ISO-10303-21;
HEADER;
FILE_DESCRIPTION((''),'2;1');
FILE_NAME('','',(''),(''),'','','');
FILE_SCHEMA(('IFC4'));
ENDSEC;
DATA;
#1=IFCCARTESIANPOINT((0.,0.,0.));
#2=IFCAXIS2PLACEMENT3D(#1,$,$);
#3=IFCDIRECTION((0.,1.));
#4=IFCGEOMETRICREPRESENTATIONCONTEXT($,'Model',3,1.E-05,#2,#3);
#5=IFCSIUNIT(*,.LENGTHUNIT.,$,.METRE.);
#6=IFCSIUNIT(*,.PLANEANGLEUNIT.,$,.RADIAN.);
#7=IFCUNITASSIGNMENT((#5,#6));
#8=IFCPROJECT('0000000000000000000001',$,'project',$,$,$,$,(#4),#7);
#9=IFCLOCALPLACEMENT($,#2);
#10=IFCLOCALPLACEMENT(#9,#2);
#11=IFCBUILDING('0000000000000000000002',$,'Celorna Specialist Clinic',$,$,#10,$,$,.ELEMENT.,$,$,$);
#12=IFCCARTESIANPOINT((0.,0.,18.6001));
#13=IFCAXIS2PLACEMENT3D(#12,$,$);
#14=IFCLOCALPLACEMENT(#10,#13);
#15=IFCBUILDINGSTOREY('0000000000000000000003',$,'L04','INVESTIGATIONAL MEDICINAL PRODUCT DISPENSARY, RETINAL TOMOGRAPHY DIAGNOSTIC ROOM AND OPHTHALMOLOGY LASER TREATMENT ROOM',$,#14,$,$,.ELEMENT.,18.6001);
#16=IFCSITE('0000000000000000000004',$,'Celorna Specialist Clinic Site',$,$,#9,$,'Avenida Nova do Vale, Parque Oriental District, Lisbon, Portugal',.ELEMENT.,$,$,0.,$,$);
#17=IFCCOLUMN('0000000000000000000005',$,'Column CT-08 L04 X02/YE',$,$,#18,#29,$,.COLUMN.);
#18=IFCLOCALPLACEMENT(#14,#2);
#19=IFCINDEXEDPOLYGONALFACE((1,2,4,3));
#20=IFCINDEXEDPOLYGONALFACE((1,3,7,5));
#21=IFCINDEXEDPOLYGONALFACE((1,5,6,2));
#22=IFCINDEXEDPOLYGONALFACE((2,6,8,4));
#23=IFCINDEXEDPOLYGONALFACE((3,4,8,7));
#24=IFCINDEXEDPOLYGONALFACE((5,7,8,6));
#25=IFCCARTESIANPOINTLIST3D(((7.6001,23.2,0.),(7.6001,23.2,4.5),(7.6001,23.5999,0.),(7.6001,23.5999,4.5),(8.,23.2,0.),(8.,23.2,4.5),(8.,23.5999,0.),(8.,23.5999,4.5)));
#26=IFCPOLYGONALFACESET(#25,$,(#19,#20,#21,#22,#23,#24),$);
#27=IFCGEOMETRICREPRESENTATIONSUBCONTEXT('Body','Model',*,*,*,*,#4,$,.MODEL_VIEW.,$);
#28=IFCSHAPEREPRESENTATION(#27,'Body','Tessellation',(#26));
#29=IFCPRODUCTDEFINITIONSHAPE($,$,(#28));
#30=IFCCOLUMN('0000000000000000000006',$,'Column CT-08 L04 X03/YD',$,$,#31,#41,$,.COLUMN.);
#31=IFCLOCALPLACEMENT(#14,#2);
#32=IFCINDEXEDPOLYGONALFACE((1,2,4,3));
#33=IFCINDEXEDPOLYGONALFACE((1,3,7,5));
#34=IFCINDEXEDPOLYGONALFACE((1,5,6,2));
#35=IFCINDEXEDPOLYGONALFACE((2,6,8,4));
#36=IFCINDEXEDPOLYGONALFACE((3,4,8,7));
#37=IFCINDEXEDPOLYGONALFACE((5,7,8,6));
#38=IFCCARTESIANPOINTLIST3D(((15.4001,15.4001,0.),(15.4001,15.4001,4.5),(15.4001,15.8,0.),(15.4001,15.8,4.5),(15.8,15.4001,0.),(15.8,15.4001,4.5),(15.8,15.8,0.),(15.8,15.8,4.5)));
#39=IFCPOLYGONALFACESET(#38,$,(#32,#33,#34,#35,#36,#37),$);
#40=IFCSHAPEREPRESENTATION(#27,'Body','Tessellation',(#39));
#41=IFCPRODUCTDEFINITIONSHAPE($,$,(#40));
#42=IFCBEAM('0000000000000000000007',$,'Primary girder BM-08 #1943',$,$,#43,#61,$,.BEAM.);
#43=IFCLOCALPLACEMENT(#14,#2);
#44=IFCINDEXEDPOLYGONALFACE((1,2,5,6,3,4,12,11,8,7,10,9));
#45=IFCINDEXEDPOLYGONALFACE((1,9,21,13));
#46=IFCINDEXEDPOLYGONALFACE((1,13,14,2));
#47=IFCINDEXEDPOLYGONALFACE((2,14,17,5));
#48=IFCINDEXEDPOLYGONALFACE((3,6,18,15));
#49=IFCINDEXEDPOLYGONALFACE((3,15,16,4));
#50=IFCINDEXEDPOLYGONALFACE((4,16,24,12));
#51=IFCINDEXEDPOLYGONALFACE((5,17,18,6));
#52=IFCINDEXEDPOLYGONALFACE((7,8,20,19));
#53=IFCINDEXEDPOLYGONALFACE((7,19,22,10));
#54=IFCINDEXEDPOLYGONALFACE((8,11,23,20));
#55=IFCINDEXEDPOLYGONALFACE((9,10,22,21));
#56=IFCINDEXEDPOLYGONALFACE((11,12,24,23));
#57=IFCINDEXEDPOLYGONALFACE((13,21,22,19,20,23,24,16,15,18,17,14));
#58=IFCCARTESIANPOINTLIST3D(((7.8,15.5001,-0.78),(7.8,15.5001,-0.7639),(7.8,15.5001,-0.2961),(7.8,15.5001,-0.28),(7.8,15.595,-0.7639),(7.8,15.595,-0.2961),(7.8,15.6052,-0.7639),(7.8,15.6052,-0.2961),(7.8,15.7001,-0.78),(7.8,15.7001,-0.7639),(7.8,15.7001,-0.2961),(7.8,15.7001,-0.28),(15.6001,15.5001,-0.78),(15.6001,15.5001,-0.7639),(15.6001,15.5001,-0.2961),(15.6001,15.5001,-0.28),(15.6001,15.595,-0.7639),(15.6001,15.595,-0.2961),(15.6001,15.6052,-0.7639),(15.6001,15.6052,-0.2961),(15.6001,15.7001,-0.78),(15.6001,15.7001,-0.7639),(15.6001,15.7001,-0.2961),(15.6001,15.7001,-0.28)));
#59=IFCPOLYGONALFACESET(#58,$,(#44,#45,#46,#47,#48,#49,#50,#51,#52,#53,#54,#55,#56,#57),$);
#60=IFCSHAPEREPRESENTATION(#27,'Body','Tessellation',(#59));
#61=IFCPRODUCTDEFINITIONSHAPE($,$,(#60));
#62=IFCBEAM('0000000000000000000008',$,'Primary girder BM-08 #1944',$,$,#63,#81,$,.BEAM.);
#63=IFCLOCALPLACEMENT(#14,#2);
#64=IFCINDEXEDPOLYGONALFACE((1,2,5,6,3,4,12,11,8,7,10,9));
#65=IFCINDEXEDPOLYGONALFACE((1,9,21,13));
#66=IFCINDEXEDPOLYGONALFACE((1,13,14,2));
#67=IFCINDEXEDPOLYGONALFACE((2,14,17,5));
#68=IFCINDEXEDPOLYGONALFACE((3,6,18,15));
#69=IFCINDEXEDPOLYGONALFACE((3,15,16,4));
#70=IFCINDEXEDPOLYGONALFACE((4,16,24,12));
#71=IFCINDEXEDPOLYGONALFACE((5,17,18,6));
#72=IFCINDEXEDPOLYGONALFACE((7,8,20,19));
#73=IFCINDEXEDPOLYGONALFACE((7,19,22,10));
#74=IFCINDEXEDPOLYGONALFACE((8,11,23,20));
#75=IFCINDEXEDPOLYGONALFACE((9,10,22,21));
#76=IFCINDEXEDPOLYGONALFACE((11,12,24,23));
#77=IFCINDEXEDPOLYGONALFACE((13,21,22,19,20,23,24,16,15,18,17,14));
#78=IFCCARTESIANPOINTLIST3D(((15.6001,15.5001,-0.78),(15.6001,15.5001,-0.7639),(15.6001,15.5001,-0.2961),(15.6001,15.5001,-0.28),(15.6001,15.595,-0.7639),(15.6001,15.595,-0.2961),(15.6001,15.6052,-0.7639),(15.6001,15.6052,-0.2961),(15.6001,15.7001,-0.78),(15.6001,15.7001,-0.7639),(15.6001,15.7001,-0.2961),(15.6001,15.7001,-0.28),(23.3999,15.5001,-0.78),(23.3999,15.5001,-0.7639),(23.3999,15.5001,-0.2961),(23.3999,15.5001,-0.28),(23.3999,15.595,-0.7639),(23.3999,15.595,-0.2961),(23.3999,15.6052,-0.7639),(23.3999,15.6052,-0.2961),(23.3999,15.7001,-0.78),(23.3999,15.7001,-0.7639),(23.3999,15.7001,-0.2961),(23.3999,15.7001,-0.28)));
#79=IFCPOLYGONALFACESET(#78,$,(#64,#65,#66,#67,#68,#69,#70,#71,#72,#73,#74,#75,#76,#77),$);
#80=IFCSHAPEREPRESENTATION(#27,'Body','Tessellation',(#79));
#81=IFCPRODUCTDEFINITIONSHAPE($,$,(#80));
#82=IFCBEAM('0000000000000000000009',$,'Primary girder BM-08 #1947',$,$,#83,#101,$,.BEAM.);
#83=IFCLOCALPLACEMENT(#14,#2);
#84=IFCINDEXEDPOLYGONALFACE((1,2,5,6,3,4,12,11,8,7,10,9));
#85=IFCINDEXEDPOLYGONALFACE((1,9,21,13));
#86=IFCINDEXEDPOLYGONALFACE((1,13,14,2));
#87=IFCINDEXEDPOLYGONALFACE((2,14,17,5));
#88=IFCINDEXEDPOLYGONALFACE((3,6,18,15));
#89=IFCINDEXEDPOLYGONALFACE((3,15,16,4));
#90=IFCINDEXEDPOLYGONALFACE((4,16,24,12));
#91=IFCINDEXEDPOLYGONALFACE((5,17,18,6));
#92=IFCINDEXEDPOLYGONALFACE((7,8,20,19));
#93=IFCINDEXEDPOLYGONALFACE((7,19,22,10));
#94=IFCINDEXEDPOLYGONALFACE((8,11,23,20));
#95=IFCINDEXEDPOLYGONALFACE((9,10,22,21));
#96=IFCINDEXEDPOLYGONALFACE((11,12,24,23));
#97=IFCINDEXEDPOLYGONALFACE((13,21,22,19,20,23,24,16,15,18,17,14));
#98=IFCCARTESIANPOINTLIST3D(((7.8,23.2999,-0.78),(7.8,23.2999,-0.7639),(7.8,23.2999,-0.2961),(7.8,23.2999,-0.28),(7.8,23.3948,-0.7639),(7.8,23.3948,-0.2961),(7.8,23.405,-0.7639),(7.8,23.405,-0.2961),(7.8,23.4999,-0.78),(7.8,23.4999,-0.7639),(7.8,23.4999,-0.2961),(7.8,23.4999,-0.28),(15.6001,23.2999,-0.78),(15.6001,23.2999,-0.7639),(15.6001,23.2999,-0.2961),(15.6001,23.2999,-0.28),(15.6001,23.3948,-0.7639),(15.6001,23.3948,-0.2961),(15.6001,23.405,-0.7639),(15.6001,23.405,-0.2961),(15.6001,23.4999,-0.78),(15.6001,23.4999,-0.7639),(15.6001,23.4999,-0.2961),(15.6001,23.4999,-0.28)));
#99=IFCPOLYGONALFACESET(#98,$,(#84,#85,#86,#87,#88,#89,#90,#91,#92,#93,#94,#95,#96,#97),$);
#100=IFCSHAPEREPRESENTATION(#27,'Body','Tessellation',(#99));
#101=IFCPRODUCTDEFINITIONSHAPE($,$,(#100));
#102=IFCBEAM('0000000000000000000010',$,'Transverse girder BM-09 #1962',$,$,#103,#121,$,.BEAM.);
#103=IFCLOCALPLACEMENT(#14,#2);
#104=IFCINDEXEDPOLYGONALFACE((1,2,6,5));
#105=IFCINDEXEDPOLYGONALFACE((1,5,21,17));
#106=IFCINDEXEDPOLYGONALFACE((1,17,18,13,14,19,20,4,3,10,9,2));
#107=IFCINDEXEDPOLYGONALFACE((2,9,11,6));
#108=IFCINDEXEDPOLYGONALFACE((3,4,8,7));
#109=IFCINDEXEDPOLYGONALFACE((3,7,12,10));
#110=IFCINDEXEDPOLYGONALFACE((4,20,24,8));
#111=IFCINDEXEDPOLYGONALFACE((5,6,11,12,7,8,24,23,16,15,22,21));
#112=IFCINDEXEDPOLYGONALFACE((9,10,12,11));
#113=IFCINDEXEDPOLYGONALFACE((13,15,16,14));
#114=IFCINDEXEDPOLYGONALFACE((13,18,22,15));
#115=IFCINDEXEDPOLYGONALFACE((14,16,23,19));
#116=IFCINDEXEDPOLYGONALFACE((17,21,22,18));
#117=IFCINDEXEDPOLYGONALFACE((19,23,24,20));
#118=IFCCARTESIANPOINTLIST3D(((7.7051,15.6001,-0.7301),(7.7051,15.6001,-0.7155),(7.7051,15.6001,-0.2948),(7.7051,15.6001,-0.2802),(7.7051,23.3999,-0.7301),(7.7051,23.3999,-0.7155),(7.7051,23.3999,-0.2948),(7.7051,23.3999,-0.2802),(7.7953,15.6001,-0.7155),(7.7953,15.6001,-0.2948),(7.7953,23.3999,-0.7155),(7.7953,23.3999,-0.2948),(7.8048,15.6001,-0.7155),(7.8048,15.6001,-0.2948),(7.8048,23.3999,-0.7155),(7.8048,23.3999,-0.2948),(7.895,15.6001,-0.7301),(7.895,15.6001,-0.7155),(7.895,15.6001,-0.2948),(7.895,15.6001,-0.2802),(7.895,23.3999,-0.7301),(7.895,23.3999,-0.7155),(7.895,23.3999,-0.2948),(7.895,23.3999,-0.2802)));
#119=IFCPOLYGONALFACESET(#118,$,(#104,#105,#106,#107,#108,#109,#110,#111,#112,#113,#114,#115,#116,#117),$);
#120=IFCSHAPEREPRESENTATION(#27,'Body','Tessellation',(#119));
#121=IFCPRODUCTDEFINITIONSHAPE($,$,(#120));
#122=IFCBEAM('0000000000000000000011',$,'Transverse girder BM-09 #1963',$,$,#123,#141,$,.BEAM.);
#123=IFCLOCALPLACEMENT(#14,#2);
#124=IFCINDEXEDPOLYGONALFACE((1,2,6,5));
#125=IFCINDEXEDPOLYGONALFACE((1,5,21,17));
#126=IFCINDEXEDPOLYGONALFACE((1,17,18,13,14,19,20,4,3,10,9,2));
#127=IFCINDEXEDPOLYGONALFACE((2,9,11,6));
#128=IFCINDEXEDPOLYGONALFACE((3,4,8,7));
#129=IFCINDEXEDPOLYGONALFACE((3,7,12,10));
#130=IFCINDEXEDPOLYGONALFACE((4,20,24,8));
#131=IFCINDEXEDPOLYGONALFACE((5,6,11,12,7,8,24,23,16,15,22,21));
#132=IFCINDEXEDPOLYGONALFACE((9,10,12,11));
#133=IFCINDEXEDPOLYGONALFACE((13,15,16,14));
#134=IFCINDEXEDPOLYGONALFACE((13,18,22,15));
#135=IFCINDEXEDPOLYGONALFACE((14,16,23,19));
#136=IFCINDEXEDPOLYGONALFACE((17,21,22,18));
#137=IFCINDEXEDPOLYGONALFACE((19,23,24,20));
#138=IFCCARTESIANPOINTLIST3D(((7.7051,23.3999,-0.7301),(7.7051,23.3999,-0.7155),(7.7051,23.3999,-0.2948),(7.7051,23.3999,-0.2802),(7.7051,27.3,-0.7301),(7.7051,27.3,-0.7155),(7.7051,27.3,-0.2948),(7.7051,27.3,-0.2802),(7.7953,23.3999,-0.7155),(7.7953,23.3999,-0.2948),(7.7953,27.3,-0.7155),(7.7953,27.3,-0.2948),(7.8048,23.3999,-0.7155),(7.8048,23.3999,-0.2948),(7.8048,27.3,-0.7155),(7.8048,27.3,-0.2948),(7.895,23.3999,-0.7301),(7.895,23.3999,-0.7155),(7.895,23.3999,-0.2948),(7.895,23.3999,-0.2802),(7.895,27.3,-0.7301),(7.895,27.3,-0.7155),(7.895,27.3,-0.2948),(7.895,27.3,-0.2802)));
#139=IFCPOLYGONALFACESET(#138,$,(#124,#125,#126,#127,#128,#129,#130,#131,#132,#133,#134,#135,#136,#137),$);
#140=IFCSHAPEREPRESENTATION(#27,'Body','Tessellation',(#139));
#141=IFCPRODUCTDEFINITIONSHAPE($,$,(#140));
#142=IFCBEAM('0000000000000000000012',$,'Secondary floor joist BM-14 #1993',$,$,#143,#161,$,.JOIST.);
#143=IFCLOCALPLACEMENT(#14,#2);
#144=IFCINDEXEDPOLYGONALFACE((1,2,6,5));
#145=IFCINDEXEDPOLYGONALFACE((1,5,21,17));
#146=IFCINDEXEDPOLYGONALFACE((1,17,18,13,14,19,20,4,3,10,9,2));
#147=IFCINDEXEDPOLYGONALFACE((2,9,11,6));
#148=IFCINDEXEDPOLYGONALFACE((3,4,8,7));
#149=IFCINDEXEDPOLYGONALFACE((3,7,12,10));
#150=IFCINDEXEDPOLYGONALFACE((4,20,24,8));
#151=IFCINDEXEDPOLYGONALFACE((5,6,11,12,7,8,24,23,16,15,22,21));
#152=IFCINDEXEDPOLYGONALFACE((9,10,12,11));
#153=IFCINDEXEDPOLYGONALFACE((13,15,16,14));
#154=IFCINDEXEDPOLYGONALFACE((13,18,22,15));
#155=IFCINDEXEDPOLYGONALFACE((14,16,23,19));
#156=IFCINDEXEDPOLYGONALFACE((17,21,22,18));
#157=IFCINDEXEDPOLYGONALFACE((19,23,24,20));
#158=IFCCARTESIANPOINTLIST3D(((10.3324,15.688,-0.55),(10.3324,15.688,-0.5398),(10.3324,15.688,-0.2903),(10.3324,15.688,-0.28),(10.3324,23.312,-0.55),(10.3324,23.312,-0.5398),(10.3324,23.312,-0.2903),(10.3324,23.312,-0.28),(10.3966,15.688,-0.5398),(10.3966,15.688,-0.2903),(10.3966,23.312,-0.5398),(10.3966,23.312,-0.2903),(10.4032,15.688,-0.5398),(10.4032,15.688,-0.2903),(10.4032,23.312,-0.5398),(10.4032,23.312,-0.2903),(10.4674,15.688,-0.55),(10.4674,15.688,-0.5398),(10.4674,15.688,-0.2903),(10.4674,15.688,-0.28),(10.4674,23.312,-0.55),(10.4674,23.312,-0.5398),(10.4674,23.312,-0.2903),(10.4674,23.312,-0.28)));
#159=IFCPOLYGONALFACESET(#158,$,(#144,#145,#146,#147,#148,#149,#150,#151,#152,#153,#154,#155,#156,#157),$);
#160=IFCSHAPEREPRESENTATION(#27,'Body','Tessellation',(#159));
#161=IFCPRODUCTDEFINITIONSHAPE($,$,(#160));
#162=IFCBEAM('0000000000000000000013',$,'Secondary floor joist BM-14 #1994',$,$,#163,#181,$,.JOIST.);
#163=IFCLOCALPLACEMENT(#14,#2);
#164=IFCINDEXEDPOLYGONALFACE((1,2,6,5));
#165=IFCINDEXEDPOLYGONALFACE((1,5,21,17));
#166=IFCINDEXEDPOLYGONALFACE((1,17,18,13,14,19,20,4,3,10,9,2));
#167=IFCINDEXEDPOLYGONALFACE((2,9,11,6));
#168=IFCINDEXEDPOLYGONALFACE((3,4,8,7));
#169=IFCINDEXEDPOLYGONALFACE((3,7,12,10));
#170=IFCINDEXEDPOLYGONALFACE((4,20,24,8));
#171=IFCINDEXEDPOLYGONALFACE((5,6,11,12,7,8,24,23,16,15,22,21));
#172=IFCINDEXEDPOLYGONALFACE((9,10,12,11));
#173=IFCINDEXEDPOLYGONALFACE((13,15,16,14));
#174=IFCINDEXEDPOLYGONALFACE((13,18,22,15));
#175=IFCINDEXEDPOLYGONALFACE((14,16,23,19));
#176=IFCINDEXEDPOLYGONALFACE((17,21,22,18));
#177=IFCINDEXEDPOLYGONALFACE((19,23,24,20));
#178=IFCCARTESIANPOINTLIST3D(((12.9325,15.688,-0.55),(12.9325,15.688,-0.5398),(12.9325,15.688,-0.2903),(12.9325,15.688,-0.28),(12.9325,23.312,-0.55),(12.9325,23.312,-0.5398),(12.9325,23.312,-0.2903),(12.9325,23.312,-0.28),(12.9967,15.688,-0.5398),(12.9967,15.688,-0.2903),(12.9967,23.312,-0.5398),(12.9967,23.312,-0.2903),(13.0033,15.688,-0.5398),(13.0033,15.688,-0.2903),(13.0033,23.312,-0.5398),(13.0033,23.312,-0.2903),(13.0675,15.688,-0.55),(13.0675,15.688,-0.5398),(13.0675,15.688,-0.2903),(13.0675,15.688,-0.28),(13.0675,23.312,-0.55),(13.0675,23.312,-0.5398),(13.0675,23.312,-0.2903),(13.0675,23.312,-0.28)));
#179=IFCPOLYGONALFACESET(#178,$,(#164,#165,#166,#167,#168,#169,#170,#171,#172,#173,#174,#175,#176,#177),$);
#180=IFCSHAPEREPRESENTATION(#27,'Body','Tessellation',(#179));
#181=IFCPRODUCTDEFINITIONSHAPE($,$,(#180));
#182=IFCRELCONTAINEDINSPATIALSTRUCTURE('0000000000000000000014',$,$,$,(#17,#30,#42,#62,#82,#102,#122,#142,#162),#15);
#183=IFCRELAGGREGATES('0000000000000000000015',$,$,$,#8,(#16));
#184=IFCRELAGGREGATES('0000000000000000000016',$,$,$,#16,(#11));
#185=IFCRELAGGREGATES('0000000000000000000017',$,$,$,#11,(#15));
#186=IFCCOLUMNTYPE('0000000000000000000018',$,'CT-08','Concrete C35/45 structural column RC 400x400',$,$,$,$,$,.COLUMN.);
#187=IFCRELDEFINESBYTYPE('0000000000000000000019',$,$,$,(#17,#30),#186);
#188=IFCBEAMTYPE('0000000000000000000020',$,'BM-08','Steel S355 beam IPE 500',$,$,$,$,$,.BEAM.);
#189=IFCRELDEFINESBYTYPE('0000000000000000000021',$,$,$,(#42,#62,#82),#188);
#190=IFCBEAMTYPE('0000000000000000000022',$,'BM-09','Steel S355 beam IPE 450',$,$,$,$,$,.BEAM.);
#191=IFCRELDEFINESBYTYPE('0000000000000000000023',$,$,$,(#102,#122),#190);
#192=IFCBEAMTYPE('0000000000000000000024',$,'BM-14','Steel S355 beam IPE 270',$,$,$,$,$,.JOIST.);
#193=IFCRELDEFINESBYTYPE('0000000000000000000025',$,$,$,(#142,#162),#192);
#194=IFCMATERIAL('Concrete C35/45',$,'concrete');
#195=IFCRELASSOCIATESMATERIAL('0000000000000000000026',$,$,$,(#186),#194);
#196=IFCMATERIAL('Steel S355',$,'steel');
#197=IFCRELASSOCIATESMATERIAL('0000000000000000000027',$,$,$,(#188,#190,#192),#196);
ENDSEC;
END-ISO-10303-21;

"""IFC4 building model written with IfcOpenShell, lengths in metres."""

from ifc_helpers import new_model, si_unit, direction, frame, origin, origin_2d, place, context, subcontext, project, spatial, rectangle, i_section, extrude, material, material_profile, profile_set, type_object, element, save


model = new_model("IFC4")

# Units and contexts
model_context = context("Model", 3, precision=1e-05, world=origin(), true_north=direction((0.0, 1.0)))
body_context = subcontext(model_context, "Body", "Model", "MODEL_VIEW")
ifc_project = project(units=[si_unit("LENGTHUNIT", "METRE"), si_unit("PLANEANGLEUNIT", "RADIAN")], contexts=[model_context])

# Site, building, storey
site_placement = place(None, origin())
site = spatial("IfcSite", under=ifc_project, at=site_placement, Name="Celorna Specialist Clinic Site", LongName="Avenida Nova do Vale, Parque Oriental District, Lisbon, Portugal", CompositionType="ELEMENT", RefElevation=0.0)
building_placement = place(site_placement, origin())
building = spatial("IfcBuilding", under=site, at=building_placement, Name="Celorna Specialist Clinic", CompositionType="ELEMENT")
storey_placement = place(building_placement, frame((0.0, 0.0, 18.6001)))
storey = spatial("IfcBuildingStorey", under=building, at=storey_placement, Name="L04", Description="INVESTIGATIONAL MEDICINAL PRODUCT DISPENSARY, RETINAL TOMOGRAPHY DIAGNOSTIC ROOM AND OPHTHALMOLOGY LASER TREATMENT ROOM", CompositionType="ELEMENT", Elevation=18.6001)

# Columns
ifc_material_1 = material(Name="Concrete C35/45", Category="concrete")
ifc_material_profile_1 = material_profile(ifc_material_1, rectangle(XDim=0.3999, YDim=0.3999, at=origin_2d()), Name="RC 400x400")
ifc_profile_set_1 = profile_set([ifc_material_profile_1], Name="Concrete C35/45")
column_type = type_object("IfcColumnType", Name="CT-08", Description="Concrete C35/45 structural column RC 400x400", PredefinedType="COLUMN", material=ifc_profile_set_1)
for number, where, z_axis, x_axis, name in (
    (1, (7.8, 23.3999, 0.0), (0.0, 0.0, 1.0), (1.0, 0.0, 0.0), "Column CT-08 L04 X02/YE"),
    (2, (15.6001, 15.6001, 0.0), (0.0, 0.0, 1.0), (1.0, 0.0, 0.0), "Column CT-08 L04 X03/YD"),
):
    element("IfcColumn", number, at=place(storey_placement, frame(where, z_axis=z_axis, x_axis=x_axis)), inside=storey, type_object=column_type, Name=name, PredefinedType="COLUMN", context=body_context, shape_type="SweptSolid", body=[
        extrude(rectangle(XDim=0.3999, YDim=0.3999, at=origin_2d()), origin(), (0.0, 0.0, 1.0), 4.5),
    ])

# Beams
ifc_material_2 = material(Name="Steel S355", Category="steel")
ifc_material_profile_2 = material_profile(ifc_material_2, i_section(OverallWidth=0.2, OverallDepth=0.5, WebThickness=0.0103, FlangeThickness=0.0161, at=origin_2d()), Name="IPE 500")
ifc_profile_set_2 = profile_set([ifc_material_profile_2], Name="Steel S355")
beam_type_1 = type_object("IfcBeamType", Name="BM-08", Description="Steel S355 beam IPE 500", PredefinedType="BEAM", material=ifc_profile_set_2)
beam_1_placement = place(storey_placement, frame((7.8, 15.6001, -0.53), z_axis=(1.0, 0.0, 0.0), x_axis=(0.0, 1.0, 0.0)))
element("IfcBeam", 3, at=beam_1_placement, inside=storey, type_object=beam_type_1, Name="Primary girder BM-08 #1943", PredefinedType="BEAM", context=body_context, shape_type="SweptSolid", body=[
    extrude(i_section(OverallWidth=0.2, OverallDepth=0.5, WebThickness=0.0103, FlangeThickness=0.0161, at=origin_2d()), origin(), (0.0, 0.0, 1.0), 7.8),
])
beam_2_placement = place(storey_placement, frame((15.6001, 15.6001, -0.53), z_axis=(1.0, 0.0, 0.0), x_axis=(0.0, 1.0, 0.0)))
element("IfcBeam", 4, at=beam_2_placement, inside=storey, type_object=beam_type_1, Name="Primary girder BM-08 #1944", PredefinedType="BEAM", context=body_context, shape_type="SweptSolid", body=[
    extrude(i_section(OverallWidth=0.2, OverallDepth=0.5, WebThickness=0.0103, FlangeThickness=0.0161, at=origin_2d()), origin(), (0.0, 0.0, 1.0), 7.7998),
])
beam_3_placement = place(storey_placement, frame((7.8, 23.3999, -0.53), z_axis=(1.0, 0.0, 0.0), x_axis=(0.0, 1.0, 0.0)))
element("IfcBeam", 5, at=beam_3_placement, inside=storey, type_object=beam_type_1, Name="Primary girder BM-08 #1947", PredefinedType="BEAM", context=body_context, shape_type="SweptSolid", body=[
    extrude(i_section(OverallWidth=0.2, OverallDepth=0.5, WebThickness=0.0103, FlangeThickness=0.0161, at=origin_2d()), origin(), (0.0, 0.0, 1.0), 7.8),
])
ifc_material_profile_3 = material_profile(ifc_material_2, i_section(OverallWidth=0.1899, OverallDepth=0.45, WebThickness=0.0095, FlangeThickness=0.0146, at=origin_2d()), Name="IPE 450")
ifc_profile_set_3 = profile_set([ifc_material_profile_3], Name="Steel S355")
beam_type_2 = type_object("IfcBeamType", Name="BM-09", Description="Steel S355 beam IPE 450", PredefinedType="BEAM", material=ifc_profile_set_3)
beam_4_placement = place(storey_placement, frame((7.8, 15.6001, -0.5051), z_axis=(0.0, 1.0, 0.0), x_axis=(-1.0, 0.0, 0.0)))
element("IfcBeam", 6, at=beam_4_placement, inside=storey, type_object=beam_type_2, Name="Transverse girder BM-09 #1962", PredefinedType="BEAM", context=body_context, shape_type="SweptSolid", body=[
    extrude(i_section(OverallWidth=0.1899, OverallDepth=0.45, WebThickness=0.0095, FlangeThickness=0.0146, at=origin_2d()), origin(), (0.0, 0.0, 1.0), 7.7998),
])
beam_5_placement = place(storey_placement, frame((7.8, 23.3999, -0.5051), z_axis=(0.0, 1.0, 0.0), x_axis=(-1.0, 0.0, 0.0)))
element("IfcBeam", 7, at=beam_5_placement, inside=storey, type_object=beam_type_2, Name="Transverse girder BM-09 #1963", PredefinedType="BEAM", context=body_context, shape_type="SweptSolid", body=[
    extrude(i_section(OverallWidth=0.1899, OverallDepth=0.45, WebThickness=0.0095, FlangeThickness=0.0146, at=origin_2d()), origin(), (0.0, 0.0, 1.0), 3.9001),
])
ifc_material_profile_4 = material_profile(ifc_material_2, i_section(OverallWidth=0.135, OverallDepth=0.27, WebThickness=0.0066, FlangeThickness=0.0103, at=origin_2d()), Name="IPE 270")
ifc_profile_set_4 = profile_set([ifc_material_profile_4], Name="Steel S355")
beam_type_3 = type_object("IfcBeamType", Name="BM-14", Description="Steel S355 beam IPE 270", PredefinedType="JOIST", material=ifc_profile_set_4)
for number, where, z_axis, x_axis, name in (
    (8, (10.3999, 15.688, -0.415), (0.0, 1.0, 0.0), (-1.0, 0.0, 0.0), "Secondary floor joist BM-14 #1993"),
    (9, (13.0, 15.688, -0.415), (0.0, 1.0, 0.0), (-1.0, 0.0, 0.0), "Secondary floor joist BM-14 #1994"),
):
    element("IfcBeam", number, at=place(storey_placement, frame(where, z_axis=z_axis, x_axis=x_axis)), inside=storey, type_object=beam_type_3, Name=name, PredefinedType="JOIST", context=body_context, shape_type="SweptSolid", body=[
        extrude(i_section(OverallWidth=0.135, OverallDepth=0.27, WebThickness=0.0066, FlangeThickness=0.0103, at=origin_2d()), origin(), (0.0, 0.0, 1.0), 7.624),
    ])

save(model, "model.ifc")
